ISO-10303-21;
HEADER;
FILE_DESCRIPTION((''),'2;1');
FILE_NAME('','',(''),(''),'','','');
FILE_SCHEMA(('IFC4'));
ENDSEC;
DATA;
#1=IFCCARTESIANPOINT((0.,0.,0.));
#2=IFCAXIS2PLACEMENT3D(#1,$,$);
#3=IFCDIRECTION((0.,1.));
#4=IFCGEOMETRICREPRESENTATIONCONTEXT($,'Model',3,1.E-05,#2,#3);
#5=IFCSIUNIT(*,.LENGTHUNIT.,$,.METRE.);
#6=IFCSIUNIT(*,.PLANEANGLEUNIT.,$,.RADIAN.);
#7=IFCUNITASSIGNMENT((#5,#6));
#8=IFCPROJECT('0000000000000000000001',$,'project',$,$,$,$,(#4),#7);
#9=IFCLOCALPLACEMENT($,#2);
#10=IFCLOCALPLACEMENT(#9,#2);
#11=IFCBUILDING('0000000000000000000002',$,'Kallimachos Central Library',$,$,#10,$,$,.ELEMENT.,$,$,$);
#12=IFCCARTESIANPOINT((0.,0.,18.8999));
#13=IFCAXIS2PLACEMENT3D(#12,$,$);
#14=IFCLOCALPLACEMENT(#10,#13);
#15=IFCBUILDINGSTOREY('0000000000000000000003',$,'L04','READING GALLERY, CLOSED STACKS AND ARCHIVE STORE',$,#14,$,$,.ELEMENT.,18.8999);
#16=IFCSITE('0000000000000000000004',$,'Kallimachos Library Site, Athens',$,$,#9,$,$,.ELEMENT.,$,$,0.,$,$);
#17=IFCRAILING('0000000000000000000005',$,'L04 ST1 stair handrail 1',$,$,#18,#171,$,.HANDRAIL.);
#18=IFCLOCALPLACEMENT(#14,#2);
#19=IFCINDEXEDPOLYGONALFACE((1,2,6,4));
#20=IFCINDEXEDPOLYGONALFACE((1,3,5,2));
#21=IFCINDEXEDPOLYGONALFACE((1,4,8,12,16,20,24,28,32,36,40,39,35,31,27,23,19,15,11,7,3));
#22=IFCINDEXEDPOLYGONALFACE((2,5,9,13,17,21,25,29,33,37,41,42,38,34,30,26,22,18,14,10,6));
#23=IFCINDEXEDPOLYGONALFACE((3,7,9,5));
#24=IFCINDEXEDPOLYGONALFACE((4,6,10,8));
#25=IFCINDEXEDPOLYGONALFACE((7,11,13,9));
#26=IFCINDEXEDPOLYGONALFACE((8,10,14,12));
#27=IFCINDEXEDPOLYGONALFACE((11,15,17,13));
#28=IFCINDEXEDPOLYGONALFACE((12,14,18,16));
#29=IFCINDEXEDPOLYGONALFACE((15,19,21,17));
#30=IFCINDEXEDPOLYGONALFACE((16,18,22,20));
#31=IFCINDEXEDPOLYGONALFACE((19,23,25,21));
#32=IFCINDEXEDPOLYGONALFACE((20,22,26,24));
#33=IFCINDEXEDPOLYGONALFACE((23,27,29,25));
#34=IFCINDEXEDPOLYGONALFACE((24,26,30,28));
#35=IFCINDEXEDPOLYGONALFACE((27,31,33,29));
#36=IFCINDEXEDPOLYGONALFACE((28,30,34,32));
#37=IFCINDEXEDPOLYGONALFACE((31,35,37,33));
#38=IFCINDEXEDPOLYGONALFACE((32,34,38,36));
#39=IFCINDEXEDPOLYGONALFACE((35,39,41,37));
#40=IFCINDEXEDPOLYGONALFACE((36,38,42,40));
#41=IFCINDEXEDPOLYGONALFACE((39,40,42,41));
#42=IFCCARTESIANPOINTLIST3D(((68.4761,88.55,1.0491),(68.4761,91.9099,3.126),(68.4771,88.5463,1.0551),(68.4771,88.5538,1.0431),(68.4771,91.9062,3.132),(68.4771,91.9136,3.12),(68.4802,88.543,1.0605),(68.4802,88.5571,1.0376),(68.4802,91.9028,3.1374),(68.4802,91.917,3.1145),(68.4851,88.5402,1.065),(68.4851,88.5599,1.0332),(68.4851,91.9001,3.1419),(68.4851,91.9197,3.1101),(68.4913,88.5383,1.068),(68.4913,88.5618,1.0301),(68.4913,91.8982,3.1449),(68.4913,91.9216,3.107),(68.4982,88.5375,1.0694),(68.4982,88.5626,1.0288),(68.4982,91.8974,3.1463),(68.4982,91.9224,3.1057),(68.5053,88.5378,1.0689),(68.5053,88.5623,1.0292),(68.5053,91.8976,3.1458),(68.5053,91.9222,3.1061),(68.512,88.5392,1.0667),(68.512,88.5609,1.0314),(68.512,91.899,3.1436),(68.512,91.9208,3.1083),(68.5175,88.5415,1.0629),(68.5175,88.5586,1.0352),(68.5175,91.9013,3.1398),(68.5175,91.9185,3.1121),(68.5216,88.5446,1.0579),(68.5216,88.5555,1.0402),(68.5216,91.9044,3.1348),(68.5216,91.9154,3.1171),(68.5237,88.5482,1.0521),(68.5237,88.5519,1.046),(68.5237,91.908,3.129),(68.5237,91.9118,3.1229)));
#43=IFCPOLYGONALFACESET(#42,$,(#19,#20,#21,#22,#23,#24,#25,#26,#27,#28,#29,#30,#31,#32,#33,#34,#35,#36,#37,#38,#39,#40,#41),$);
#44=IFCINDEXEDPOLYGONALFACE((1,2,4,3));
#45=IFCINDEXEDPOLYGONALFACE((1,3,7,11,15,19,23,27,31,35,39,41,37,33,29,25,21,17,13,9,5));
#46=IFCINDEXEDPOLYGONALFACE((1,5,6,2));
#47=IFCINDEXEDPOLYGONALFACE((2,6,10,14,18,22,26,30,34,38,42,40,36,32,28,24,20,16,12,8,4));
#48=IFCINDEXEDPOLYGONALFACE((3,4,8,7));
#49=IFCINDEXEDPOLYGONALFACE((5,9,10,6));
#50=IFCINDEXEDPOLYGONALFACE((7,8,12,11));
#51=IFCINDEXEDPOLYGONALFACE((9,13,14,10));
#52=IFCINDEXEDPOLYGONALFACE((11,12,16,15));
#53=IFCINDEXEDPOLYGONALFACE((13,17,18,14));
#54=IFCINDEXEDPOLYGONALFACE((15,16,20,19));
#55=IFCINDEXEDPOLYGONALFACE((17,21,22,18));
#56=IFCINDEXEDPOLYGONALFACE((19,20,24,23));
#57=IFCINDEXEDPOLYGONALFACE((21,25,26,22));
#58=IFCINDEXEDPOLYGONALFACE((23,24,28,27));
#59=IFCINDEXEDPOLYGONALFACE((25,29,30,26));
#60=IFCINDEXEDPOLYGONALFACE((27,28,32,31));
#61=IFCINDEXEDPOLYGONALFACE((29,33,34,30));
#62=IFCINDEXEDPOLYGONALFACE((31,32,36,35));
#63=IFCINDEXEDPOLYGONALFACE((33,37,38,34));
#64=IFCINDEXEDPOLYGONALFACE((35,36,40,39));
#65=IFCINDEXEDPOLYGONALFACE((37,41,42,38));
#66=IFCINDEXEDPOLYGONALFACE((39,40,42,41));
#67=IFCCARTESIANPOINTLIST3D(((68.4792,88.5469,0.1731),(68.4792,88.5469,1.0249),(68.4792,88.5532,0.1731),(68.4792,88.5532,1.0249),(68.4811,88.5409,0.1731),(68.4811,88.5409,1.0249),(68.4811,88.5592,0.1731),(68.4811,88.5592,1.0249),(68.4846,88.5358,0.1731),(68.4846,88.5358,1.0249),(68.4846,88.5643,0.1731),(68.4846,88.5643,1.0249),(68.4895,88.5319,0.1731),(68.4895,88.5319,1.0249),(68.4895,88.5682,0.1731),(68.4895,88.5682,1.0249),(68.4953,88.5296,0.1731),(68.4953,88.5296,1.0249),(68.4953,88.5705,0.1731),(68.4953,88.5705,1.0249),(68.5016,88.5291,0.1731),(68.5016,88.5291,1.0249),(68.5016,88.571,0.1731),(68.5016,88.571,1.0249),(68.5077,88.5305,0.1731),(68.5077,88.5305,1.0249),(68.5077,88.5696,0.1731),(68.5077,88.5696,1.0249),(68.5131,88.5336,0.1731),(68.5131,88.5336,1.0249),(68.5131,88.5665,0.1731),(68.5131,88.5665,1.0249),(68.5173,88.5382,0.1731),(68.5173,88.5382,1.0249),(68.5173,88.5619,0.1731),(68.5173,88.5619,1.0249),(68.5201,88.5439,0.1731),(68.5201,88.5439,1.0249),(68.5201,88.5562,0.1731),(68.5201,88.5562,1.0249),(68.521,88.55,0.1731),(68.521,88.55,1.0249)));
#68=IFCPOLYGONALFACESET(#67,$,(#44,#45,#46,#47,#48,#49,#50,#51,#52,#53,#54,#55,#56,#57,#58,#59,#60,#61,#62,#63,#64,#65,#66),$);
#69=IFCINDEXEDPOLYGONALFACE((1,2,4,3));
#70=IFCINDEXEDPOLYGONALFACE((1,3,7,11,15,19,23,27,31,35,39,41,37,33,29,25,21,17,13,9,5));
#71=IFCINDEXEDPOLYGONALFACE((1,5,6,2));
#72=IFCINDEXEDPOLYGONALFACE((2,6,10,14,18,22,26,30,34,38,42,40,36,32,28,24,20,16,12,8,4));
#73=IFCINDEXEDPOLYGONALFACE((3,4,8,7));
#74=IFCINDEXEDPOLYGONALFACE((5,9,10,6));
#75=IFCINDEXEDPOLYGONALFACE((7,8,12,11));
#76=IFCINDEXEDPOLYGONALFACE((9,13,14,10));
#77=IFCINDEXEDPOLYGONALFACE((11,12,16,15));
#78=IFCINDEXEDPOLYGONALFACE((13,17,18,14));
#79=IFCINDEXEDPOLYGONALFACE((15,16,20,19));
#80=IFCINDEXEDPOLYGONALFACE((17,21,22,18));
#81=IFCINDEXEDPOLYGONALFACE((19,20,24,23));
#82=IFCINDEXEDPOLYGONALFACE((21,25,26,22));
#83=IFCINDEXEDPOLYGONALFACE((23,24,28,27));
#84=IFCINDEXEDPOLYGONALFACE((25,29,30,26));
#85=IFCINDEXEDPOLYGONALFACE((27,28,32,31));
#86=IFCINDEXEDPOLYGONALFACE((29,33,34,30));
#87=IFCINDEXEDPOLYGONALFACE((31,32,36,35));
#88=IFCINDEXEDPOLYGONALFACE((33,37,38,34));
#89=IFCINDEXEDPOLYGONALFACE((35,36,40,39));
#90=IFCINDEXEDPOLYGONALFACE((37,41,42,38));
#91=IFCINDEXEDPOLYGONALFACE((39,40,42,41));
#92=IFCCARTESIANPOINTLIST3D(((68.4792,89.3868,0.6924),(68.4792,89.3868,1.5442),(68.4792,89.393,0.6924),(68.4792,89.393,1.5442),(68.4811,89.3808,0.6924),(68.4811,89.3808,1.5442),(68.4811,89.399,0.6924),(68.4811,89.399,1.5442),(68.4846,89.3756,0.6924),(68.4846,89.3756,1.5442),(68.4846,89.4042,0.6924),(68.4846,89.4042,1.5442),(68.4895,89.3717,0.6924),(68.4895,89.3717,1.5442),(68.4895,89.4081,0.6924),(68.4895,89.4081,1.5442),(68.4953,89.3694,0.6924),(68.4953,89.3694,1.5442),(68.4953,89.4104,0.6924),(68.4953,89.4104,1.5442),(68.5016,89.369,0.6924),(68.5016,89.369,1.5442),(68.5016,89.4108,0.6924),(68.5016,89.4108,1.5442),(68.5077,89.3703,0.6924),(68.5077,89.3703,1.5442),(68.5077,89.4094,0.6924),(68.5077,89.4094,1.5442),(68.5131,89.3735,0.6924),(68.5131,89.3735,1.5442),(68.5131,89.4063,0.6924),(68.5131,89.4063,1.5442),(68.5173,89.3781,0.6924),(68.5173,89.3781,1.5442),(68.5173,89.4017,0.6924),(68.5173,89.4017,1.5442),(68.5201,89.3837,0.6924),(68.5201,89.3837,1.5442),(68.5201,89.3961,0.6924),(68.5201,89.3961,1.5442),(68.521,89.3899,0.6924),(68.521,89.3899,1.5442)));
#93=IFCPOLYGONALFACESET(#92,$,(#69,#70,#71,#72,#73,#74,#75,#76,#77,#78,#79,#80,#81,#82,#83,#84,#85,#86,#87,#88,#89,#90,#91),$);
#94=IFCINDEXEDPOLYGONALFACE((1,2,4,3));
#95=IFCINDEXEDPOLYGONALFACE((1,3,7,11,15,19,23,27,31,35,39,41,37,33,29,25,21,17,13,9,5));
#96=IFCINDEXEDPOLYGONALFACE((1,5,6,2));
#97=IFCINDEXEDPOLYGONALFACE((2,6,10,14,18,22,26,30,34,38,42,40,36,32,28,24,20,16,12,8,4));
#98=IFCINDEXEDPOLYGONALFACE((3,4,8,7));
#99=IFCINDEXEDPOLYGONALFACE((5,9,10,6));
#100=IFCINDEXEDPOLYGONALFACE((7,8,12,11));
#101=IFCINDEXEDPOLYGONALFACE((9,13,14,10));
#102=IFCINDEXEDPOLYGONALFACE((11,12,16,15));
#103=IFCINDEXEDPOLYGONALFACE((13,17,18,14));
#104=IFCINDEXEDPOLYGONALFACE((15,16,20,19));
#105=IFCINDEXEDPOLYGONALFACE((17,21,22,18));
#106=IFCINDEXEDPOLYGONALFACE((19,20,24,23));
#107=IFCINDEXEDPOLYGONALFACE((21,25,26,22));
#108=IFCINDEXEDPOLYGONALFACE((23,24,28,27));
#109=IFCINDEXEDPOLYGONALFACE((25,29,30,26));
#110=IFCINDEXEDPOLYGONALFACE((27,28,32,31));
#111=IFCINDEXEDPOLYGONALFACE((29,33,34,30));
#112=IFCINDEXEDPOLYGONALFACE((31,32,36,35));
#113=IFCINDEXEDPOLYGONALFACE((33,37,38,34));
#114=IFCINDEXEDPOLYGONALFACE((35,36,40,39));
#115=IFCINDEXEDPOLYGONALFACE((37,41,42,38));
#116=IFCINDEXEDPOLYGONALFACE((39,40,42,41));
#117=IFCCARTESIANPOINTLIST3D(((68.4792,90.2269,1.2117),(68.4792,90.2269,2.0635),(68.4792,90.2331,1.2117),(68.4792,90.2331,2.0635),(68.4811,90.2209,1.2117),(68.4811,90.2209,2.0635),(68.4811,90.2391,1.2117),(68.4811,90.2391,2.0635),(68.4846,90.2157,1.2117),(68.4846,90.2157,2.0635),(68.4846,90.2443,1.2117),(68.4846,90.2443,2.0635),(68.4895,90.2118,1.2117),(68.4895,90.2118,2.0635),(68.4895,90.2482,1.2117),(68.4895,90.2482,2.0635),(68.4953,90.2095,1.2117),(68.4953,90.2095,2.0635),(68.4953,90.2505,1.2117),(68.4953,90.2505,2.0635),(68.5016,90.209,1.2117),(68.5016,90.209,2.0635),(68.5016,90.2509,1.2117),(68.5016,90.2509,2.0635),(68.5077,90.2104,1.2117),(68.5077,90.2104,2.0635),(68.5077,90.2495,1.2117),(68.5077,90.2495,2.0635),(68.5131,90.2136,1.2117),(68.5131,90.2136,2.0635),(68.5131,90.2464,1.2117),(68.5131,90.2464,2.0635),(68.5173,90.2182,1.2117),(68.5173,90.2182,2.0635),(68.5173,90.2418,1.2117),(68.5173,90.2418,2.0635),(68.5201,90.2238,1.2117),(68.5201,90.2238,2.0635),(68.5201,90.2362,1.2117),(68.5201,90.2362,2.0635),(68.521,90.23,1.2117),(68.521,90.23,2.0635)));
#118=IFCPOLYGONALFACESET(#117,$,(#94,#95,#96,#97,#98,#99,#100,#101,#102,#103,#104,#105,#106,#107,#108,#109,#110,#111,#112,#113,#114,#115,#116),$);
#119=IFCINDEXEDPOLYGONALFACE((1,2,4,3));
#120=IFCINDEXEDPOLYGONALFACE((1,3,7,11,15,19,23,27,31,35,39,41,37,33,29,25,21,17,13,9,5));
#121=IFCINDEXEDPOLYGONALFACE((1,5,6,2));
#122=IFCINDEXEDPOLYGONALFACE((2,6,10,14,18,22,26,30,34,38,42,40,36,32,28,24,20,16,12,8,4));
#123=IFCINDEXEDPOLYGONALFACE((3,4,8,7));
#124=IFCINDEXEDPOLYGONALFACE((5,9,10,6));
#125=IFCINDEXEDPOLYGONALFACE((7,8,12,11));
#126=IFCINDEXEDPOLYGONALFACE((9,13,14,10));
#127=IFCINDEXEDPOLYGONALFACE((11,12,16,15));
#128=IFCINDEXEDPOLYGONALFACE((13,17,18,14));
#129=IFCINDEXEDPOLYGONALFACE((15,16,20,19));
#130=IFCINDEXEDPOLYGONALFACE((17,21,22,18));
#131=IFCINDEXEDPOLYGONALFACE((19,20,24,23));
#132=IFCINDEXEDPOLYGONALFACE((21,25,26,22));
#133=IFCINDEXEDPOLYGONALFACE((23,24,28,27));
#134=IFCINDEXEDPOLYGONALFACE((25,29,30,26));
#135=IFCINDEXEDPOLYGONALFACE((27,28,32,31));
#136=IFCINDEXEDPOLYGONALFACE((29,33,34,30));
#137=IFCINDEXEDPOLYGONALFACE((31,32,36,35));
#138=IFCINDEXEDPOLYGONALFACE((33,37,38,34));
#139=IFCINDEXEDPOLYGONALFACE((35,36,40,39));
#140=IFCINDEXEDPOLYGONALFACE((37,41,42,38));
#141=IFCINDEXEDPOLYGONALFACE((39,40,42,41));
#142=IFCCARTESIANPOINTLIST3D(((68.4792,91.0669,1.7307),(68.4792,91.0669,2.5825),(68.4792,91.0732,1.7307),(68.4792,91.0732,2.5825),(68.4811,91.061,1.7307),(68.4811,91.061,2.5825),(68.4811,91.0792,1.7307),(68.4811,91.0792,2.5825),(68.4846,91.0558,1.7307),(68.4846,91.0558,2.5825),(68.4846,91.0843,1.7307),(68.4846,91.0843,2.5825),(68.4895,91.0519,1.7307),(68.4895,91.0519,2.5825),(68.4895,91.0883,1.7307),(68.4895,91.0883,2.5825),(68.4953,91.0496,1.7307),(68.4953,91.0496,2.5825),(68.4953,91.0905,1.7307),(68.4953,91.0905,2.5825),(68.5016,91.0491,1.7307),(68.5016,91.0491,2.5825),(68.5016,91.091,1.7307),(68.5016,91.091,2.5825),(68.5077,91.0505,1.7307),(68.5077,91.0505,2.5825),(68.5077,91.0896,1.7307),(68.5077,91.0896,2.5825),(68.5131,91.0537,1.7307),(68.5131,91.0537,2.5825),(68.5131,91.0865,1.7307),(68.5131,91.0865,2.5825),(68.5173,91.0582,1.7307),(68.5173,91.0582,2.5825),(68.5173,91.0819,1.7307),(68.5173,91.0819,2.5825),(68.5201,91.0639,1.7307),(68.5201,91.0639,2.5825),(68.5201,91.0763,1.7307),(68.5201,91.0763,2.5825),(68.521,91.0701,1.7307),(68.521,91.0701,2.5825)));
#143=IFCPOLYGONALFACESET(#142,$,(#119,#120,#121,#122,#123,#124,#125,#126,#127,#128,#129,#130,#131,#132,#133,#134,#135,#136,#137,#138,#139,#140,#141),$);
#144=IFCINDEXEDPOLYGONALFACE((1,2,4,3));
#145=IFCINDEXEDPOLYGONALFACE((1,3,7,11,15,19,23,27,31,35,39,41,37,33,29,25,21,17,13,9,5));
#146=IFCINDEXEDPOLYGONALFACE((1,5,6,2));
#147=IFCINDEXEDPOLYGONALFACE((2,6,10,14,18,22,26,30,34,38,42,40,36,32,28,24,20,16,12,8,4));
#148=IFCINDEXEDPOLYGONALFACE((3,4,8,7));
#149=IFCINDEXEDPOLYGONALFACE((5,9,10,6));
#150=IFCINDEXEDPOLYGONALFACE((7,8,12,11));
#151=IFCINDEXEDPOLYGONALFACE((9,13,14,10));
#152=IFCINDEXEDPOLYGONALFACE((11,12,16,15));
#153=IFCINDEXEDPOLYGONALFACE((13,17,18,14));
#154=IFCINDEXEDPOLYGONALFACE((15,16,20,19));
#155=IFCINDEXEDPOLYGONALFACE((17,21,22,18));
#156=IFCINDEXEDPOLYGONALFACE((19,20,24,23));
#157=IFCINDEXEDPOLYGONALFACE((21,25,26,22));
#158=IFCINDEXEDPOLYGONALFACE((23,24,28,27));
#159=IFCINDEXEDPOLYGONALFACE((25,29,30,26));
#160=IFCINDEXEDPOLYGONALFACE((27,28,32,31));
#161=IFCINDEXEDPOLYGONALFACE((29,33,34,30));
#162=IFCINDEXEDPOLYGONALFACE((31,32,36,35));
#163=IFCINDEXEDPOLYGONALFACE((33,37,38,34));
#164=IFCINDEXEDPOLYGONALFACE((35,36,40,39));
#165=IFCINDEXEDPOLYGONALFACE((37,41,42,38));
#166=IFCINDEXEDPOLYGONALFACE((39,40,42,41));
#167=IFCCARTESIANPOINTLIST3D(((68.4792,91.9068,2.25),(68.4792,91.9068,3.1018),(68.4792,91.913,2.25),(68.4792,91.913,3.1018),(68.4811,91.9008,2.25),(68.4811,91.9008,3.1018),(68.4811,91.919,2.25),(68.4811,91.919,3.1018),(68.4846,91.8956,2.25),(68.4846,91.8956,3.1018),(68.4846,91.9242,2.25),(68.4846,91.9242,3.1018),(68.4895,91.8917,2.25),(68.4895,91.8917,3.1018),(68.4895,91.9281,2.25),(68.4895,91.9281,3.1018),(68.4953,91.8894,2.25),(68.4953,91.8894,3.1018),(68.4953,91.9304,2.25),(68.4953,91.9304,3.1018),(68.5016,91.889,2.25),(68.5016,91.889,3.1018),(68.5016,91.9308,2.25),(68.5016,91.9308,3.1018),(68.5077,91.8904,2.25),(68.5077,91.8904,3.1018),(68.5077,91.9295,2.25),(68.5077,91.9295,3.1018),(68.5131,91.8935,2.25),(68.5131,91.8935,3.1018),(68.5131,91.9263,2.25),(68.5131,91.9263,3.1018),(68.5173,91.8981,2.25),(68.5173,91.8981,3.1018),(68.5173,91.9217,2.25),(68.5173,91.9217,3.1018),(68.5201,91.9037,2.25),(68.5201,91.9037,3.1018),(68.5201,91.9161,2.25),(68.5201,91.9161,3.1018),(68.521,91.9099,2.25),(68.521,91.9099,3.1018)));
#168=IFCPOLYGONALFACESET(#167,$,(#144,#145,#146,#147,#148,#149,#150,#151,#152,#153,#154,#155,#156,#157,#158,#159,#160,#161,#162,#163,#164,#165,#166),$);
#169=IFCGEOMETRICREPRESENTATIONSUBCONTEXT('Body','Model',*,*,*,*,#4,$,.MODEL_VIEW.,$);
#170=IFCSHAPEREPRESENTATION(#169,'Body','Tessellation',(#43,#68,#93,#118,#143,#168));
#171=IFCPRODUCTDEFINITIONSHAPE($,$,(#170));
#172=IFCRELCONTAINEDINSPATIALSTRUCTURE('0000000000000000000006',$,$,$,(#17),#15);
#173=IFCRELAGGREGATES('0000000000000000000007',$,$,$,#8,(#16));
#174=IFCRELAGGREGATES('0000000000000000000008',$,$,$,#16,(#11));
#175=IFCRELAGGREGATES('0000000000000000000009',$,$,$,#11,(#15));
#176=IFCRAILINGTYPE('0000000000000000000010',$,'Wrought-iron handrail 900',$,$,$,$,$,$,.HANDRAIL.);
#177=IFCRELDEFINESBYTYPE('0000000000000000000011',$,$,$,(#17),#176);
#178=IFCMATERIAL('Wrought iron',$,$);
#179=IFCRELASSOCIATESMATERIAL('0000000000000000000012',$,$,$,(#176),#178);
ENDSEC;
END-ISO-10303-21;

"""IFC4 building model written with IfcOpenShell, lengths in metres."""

from ifc_helpers import new_model, si_unit, direction, frame, origin, origin_2d, place, context, subcontext, project, spatial, circle, extrude, material, type_object, element, save


model = new_model("IFC4")

# Units and contexts
model_context = context("Model", 3, precision=1e-05, world=origin(), true_north=direction((0.0, 1.0)))
body_context = subcontext(model_context, "Body", "Model", "MODEL_VIEW")
ifc_project = project(units=[si_unit("LENGTHUNIT", "METRE"), si_unit("PLANEANGLEUNIT", "RADIAN")], contexts=[model_context])

# Site, building, storey
site_placement = place(None, origin())
site = spatial("IfcSite", under=ifc_project, at=site_placement, Name="Kallimachos Library Site, Athens", CompositionType="ELEMENT", RefElevation=0.0)
building_placement = place(site_placement, origin())
building = spatial("IfcBuilding", under=site, at=building_placement, Name="Kallimachos Central Library", CompositionType="ELEMENT")
storey_placement = place(building_placement, frame((0.0, 0.0, 18.8999)))
storey = spatial("IfcBuildingStorey", under=building, at=storey_placement, Name="L04", Description="READING GALLERY, CLOSED STACKS AND ARCHIVE STORE", CompositionType="ELEMENT", Elevation=18.8999)

# Railing
ifc_material_1 = material(Name="Wrought iron")
railing_type_1 = type_object("IfcRailingType", Name="Wrought-iron handrail 900", PredefinedType="HANDRAIL", material=ifc_material_1)
railing_1_placement = place(storey_placement, frame((68.5, 88.55, 0.1731)))
element("IfcRailing", 1, at=railing_1_placement, inside=storey, type_object=railing_type_1, Name="L04 ST1 stair handrail 1", PredefinedType="HANDRAIL", context=body_context, shape_type="SweptSolid", body=[
    extrude(circle(Radius=0.0239, at=origin_2d()), frame((0.0, 0.0, 0.876), z_axis=(0.0, 0.850606, 0.525803), x_axis=(-1.0, 0.0, 0.0)), (0.0, 0.0, 1.0), 3.95),
    extrude(circle(Radius=0.021, at=origin_2d()), origin(), (0.0, 0.0, 1.0), 0.8518),
    extrude(circle(Radius=0.021, at=origin_2d()), frame((0.0, 0.8398, 0.5193)), (0.0, 0.0, 1.0), 0.8518),
    extrude(circle(Radius=0.021, at=origin_2d()), frame((0.0, 1.6799, 1.0386)), (0.0, 0.0, 1.0), 0.8518),
    extrude(circle(Radius=0.021, at=origin_2d()), frame((0.0, 2.52, 1.5576)), (0.0, 0.0, 1.0), 0.8518),
    extrude(circle(Radius=0.021, at=origin_2d()), frame((0.0, 3.3599, 2.0769)), (0.0, 0.0, 1.0), 0.8518),
])

save(model, "model.ifc")
